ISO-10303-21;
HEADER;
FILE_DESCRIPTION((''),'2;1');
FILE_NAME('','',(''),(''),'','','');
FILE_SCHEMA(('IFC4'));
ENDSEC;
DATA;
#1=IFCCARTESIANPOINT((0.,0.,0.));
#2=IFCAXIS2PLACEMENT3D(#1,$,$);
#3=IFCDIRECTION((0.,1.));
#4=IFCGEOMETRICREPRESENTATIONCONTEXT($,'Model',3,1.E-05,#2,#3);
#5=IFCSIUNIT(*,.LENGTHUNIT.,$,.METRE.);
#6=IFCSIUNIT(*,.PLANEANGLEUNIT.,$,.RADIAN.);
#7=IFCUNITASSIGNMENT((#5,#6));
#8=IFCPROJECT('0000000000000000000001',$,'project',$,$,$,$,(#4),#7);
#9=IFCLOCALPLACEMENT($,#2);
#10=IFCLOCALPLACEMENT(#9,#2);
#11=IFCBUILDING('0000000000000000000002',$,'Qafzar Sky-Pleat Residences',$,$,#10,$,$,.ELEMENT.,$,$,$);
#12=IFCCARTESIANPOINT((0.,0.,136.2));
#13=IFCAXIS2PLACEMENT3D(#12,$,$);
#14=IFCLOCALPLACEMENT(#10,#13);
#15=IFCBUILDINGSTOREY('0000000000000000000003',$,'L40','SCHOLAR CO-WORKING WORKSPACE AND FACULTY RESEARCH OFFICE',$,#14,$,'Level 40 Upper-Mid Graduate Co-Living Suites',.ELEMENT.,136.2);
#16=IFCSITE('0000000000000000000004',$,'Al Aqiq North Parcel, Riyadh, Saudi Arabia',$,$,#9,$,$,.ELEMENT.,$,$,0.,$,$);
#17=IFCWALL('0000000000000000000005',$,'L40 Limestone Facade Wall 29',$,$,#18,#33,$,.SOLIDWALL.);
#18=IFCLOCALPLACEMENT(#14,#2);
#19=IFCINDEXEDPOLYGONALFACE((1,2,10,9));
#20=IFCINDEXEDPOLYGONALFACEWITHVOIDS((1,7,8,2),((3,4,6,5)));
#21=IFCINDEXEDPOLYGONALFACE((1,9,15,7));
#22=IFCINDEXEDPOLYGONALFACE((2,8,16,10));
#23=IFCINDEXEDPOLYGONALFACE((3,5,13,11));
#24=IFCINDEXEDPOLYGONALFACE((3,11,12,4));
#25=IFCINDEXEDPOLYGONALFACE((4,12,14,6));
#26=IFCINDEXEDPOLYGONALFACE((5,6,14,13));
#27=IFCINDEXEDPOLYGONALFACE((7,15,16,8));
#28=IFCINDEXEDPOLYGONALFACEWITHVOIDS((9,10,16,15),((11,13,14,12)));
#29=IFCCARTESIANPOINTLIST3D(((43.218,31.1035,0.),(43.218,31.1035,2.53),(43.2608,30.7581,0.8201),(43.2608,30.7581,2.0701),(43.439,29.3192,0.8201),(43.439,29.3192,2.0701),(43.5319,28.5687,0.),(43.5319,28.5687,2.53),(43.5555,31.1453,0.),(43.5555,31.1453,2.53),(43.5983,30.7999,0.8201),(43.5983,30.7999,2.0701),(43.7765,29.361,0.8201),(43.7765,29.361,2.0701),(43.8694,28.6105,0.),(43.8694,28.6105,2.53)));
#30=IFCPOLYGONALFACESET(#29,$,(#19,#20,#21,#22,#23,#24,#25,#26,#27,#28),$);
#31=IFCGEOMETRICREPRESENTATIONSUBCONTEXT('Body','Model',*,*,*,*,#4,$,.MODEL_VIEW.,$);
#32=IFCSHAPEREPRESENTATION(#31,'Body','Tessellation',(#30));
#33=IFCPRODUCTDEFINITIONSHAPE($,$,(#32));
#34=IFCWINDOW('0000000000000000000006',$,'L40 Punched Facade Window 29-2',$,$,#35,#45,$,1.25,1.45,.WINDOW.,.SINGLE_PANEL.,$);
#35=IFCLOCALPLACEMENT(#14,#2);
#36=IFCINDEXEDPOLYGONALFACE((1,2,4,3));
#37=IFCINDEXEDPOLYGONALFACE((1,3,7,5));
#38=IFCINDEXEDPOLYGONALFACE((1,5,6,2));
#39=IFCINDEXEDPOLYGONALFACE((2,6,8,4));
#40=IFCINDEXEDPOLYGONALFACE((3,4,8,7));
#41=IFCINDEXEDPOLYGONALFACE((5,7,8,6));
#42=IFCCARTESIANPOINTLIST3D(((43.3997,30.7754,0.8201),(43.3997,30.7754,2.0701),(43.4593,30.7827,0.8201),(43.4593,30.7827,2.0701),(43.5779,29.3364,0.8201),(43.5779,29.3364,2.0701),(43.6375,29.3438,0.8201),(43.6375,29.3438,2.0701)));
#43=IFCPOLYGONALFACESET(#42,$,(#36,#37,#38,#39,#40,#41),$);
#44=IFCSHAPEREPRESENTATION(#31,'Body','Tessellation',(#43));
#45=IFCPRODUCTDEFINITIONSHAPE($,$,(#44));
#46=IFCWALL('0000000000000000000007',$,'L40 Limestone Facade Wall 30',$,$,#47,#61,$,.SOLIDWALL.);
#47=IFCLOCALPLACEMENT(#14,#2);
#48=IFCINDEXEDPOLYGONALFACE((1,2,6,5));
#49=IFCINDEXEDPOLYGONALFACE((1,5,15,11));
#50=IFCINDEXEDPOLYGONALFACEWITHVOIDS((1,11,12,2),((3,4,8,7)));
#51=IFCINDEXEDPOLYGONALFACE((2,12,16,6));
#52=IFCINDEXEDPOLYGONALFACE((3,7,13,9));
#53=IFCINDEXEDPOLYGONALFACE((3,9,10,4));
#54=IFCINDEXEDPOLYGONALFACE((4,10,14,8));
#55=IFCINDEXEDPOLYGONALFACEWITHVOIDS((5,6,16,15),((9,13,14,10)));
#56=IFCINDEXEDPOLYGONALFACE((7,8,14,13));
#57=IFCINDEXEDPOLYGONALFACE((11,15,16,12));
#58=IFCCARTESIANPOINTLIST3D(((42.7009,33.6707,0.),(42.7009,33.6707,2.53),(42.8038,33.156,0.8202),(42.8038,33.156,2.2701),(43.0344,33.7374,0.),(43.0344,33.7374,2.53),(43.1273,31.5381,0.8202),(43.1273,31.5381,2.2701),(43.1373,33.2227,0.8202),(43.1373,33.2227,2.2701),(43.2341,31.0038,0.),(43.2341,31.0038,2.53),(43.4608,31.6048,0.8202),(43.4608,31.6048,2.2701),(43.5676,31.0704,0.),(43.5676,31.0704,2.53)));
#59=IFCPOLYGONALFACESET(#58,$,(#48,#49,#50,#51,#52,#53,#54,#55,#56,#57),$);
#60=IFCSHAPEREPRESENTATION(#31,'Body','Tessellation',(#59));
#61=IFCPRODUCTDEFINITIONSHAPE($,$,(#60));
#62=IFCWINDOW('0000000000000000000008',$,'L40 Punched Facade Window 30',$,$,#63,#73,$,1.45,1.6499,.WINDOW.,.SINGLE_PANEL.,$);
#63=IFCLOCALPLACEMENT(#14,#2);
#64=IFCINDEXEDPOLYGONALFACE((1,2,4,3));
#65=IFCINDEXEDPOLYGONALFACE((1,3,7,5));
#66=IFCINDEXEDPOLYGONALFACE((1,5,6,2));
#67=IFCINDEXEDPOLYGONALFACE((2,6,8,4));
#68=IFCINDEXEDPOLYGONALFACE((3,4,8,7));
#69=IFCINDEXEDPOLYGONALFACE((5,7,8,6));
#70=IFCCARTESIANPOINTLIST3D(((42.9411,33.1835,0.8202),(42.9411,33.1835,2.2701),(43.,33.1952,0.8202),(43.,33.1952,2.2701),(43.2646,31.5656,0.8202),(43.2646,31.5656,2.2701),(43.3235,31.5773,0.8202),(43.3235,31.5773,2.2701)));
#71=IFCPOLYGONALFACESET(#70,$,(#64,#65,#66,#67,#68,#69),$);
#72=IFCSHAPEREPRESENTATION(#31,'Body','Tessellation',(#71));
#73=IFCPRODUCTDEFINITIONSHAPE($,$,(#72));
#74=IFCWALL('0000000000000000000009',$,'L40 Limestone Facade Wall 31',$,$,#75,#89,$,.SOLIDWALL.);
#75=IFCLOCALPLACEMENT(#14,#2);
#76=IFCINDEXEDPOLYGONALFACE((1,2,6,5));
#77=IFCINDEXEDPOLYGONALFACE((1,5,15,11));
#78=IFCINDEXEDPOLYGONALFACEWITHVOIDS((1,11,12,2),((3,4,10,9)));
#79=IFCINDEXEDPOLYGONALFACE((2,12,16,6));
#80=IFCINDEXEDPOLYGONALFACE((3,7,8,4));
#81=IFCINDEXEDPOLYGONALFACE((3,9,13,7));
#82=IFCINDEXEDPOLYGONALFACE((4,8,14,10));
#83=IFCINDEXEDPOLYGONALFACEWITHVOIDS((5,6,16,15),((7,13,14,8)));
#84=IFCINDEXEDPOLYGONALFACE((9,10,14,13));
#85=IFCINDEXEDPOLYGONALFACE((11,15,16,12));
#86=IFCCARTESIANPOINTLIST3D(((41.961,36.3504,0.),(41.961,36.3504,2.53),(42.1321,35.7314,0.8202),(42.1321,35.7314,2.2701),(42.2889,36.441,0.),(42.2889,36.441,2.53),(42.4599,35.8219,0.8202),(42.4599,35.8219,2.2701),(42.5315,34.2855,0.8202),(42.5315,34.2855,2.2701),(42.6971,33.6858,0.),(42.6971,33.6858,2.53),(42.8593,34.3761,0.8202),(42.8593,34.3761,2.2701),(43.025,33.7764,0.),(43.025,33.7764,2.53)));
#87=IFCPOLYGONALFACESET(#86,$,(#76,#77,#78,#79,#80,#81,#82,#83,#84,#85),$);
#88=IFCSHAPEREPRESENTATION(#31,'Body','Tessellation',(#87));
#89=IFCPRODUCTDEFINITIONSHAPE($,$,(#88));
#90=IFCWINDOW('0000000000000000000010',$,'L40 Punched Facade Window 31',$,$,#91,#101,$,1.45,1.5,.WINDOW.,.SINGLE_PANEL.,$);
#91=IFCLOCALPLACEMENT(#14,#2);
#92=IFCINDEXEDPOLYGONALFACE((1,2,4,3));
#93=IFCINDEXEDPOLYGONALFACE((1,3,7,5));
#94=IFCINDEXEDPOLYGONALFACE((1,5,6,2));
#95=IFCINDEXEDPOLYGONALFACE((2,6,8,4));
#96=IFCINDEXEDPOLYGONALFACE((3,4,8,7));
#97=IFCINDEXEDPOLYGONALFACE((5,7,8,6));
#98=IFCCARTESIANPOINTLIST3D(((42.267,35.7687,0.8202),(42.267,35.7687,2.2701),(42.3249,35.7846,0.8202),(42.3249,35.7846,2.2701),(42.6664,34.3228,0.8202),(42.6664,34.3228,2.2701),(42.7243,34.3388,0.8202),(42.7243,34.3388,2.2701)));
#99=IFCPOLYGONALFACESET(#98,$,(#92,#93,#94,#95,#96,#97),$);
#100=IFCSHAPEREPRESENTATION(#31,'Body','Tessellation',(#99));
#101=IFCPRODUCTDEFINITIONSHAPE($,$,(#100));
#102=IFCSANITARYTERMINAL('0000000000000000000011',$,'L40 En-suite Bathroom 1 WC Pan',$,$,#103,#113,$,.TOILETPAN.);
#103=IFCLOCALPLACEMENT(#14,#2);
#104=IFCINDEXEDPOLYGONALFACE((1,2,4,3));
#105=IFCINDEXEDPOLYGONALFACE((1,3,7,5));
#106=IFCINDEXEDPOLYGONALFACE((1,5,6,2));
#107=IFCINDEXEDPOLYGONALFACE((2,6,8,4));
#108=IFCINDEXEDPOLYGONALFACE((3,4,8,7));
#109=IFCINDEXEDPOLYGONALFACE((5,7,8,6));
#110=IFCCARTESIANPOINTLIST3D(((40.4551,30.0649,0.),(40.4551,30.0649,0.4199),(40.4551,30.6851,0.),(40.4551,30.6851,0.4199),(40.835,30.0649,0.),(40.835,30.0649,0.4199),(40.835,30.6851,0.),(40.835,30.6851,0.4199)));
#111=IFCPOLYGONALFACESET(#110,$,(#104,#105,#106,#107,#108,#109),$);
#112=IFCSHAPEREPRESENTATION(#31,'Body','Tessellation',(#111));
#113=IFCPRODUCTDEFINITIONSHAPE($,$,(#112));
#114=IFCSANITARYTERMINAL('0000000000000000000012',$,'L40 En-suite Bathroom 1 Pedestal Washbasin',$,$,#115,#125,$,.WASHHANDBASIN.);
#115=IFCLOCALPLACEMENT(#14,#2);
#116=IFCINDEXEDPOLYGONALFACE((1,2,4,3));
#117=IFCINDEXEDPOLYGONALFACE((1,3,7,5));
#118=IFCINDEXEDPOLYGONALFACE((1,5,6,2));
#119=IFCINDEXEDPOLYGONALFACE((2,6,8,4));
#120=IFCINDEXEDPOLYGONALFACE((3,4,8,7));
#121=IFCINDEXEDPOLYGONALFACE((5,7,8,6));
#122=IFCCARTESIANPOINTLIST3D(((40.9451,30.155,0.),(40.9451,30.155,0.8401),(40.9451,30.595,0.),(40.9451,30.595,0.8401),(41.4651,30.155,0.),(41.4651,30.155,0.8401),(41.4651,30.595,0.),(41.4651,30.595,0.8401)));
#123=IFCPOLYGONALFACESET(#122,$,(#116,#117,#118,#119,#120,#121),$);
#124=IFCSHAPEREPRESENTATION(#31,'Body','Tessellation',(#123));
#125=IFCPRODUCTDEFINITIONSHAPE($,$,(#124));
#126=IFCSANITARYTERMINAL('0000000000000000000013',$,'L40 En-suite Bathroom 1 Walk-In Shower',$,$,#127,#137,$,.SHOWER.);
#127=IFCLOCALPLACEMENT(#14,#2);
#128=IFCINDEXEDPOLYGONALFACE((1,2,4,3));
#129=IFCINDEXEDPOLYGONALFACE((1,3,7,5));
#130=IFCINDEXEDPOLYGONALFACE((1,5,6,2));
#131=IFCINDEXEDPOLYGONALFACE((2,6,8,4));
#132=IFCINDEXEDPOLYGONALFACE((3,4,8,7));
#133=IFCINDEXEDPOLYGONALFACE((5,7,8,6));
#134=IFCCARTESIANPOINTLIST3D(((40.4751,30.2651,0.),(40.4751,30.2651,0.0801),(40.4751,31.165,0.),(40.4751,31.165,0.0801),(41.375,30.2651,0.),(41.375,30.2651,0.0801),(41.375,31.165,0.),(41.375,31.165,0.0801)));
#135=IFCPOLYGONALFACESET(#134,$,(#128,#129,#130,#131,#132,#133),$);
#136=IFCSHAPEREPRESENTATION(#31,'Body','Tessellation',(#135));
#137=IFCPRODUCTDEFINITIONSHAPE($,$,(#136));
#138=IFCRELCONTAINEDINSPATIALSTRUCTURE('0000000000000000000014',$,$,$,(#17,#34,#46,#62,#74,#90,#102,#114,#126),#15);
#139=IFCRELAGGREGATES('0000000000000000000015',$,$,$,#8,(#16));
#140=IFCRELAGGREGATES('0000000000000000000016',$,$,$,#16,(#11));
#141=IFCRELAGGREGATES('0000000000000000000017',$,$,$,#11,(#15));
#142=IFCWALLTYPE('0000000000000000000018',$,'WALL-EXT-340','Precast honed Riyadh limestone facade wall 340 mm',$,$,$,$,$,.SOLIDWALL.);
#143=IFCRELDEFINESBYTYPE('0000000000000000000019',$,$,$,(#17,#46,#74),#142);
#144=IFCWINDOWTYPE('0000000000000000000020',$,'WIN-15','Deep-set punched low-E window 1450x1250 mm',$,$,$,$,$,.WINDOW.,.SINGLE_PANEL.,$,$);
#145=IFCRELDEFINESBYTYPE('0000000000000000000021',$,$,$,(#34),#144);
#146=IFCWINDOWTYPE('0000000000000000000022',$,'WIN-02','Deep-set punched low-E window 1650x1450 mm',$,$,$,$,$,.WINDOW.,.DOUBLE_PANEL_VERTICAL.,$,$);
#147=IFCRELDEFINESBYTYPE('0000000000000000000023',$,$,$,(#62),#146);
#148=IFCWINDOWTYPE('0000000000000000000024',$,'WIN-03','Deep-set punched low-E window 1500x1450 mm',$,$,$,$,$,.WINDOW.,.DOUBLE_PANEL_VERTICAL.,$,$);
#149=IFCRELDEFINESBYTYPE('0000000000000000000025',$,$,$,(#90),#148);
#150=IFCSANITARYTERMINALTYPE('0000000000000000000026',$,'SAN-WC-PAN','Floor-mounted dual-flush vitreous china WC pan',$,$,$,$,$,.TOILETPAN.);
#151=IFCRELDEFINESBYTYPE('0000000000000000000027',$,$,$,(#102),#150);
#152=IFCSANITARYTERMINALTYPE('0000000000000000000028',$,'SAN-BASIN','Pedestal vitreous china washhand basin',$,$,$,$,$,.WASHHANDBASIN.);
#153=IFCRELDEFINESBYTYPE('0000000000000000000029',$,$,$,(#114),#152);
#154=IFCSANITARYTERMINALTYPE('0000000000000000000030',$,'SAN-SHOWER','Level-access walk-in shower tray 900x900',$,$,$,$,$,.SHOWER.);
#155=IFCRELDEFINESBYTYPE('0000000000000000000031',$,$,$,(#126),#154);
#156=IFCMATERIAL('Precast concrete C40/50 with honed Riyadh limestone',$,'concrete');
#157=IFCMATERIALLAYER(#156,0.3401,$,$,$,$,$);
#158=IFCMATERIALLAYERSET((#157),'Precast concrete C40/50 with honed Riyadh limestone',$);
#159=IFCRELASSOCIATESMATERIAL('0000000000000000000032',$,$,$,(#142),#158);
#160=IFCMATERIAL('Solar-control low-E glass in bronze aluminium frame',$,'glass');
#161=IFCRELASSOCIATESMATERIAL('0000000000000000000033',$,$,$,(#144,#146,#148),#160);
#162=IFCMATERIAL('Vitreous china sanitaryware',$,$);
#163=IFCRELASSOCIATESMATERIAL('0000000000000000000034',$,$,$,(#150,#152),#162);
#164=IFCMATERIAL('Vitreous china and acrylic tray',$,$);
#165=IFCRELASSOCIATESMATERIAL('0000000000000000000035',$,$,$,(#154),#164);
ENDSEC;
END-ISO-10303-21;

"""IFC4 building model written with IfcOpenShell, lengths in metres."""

from ifc_helpers import new_model, si_unit, direction, frame, frame_2d, origin, origin_2d, place, context, subcontext, project, spatial, rectangle, extrude, source, transform, mapped, material, layer, layer_set, type_object, element, fill, save


model = new_model("IFC4")

# Units and contexts
model_context = context("Model", 3, precision=1e-05, world=origin(), true_north=direction((0.0, 1.0)))
body_context = subcontext(model_context, "Body", "Model", "MODEL_VIEW")
ifc_project = project(units=[si_unit("LENGTHUNIT", "METRE"), si_unit("PLANEANGLEUNIT", "RADIAN")], contexts=[model_context])

# Site, building, storey
site_placement = place(None, origin())
site = spatial("IfcSite", under=ifc_project, at=site_placement, Name="Al Aqiq North Parcel, Riyadh, Saudi Arabia", CompositionType="ELEMENT", RefElevation=0.0)
building_placement = place(site_placement, origin())
building = spatial("IfcBuilding", under=site, at=building_placement, Name="Qafzar Sky-Pleat Residences", CompositionType="ELEMENT")
storey_placement = place(building_placement, frame((0.0, 0.0, 136.2)))
storey = spatial("IfcBuildingStorey", under=building, at=storey_placement, Name="L40", Description="SCHOLAR CO-WORKING WORKSPACE AND FACULTY RESEARCH OFFICE", LongName="Level 40 Upper-Mid Graduate Co-Living Suites", CompositionType="ELEMENT", Elevation=136.2)

# Walls, openings, windows
ifc_material_1 = material(Name="Precast concrete C40/50 with honed Riyadh limestone", Category="concrete")
ifc_layer_1 = layer(ifc_material_1, 0.3401)
ifc_layer_set_1 = layer_set([ifc_layer_1], Name="Precast concrete C40/50 with honed Riyadh limestone")
wall_type_1 = type_object("IfcWallType", Name="WALL-EXT-340", Description="Precast honed Riyadh limestone facade wall 340 mm", PredefinedType="SOLIDWALL", material=ifc_layer_set_1)
wall_1_placement = place(storey_placement, frame((43.7007, 28.5896, 0.0), z_axis=(0.0, 0.0, 1.0), x_axis=(-0.122917, 0.992417, 0.0)))
wall_1 = element("IfcWall", 1, at=wall_1_placement, inside=storey, type_object=wall_type_1, Name="L40 Limestone Facade Wall 29", PredefinedType="SOLIDWALL", context=body_context, shape_type="SweptSolid", body=[
    extrude(rectangle(XDim=2.5542, YDim=0.3401, at=frame_2d((1.2771, 0.0))), origin(), (0.0, 0.0, 1.0), 2.53),
])
opening_1_placement = place(wall_1_placement, frame((0.7561, 0.0, 0.8201)))
opening_1 = element("IfcOpeningElement", 2, at=opening_1_placement, cuts=wall_1, PredefinedType="OPENING", context=body_context, shape_type="SweptSolid", body=[
    extrude(rectangle(XDim=1.45, YDim=1.25, at=frame_2d((0.7251, 0.625))), frame((0.0, 0.1802, 0.0), z_axis=(0.0, -1.0, 0.0), x_axis=(1.0, 0.0, 0.0)), (0.0, 0.0, 1.0), 0.3601),
])
ifc_material_2 = material(Name="Solar-control low-E glass in bronze aluminium frame", Category="glass")
window_type_1 = type_object("IfcWindowType", Name="WIN-15", Description="Deep-set punched low-E window 1450x1250 mm", PartitioningType="SINGLE_PANEL", PredefinedType="WINDOW", material=ifc_material_2)
shared_shape_1 = source(origin(), body_context, "Body", "SweptSolid", [
    extrude(rectangle(XDim=1.45, YDim=1.25, at=frame_2d((0.7251, 0.625))), frame((0.0, 0.03, 0.0), z_axis=(0.0, -1.0, 0.0), x_axis=(1.0, 0.0, 0.0)), (0.0, 0.0, 1.0), 0.0601),
])
window_1_placement = place(opening_1_placement, origin())
window_1 = element("IfcWindow", 3, at=window_1_placement, inside=storey, type_object=window_type_1, Name="L40 Punched Facade Window 29-2", OverallHeight=1.25, OverallWidth=1.45, PartitioningType="SINGLE_PANEL", PredefinedType="WINDOW", context=body_context, shape_type="MappedRepresentation", body=[
    mapped(shared_shape_1, transform((0.0, 0.0, 0.0), x_axis=(1.0, 0.0, 0.0), y_axis=(0.0, 1.0, 0.0), z_axis=(0.0, 0.0, 1.0), scale=1.0)),
])
fill(opening_1, window_1)
wall_2_placement = place(storey_placement, frame((43.4009, 31.0371, 0.0), z_axis=(0.0, 0.0, 1.0), x_axis=(-0.196047, 0.980594, 0.0)))
wall_2 = element("IfcWall", 4, at=wall_2_placement, inside=storey, type_object=wall_type_1, Name="L40 Limestone Facade Wall 30", PredefinedType="SOLIDWALL", context=body_context, shape_type="SweptSolid", body=[
    extrude(rectangle(XDim=2.7197, YDim=0.3401, at=frame_2d((1.3599, 0.0))), origin(), (0.0, 0.0, 1.0), 2.53),
])
opening_2_placement = place(wall_2_placement, frame((0.5449, 0.0, 0.8201)))
opening_2 = element("IfcOpeningElement", 5, at=opening_2_placement, cuts=wall_2, PredefinedType="OPENING", context=body_context, shape_type="SweptSolid", body=[
    extrude(rectangle(XDim=1.6499, YDim=1.45, at=frame_2d((0.825, 0.7251))), frame((0.0, 0.1802, 0.0), z_axis=(0.0, -1.0, 0.0), x_axis=(1.0, 0.0, 0.0)), (0.0, 0.0, 1.0), 0.3601),
])
window_type_2 = type_object("IfcWindowType", Name="WIN-02", Description="Deep-set punched low-E window 1650x1450 mm", PartitioningType="DOUBLE_PANEL_VERTICAL", PredefinedType="WINDOW", material=ifc_material_2)
shared_shape_2 = source(origin(), body_context, "Body", "SweptSolid", [
    extrude(rectangle(XDim=1.6499, YDim=1.45, at=frame_2d((0.825, 0.7251))), frame((0.0, 0.03, 0.0), z_axis=(0.0, -1.0, 0.0), x_axis=(1.0, 0.0, 0.0)), (0.0, 0.0, 1.0), 0.0601),
])
window_2_placement = place(opening_2_placement, origin())
window_2 = element("IfcWindow", 6, at=window_2_placement, inside=storey, type_object=window_type_2, Name="L40 Punched Facade Window 30", OverallHeight=1.45, OverallWidth=1.6499, PartitioningType="SINGLE_PANEL", PredefinedType="WINDOW", context=body_context, shape_type="MappedRepresentation", body=[
    mapped(shared_shape_2, transform((0.0, 0.0, 0.0), x_axis=(1.0, 0.0, 0.0), y_axis=(0.0, 1.0, 0.0), z_axis=(0.0, 0.0, 1.0), scale=1.0)),
])
fill(opening_2, window_2)
wall_3_placement = place(storey_placement, frame((42.8611, 33.731, 0.0), z_axis=(0.0, 0.0, 1.0), x_axis=(-0.266277, 0.963897, 0.0)))
wall_3 = element("IfcWall", 7, at=wall_3_placement, inside=storey, type_object=wall_type_1, Name="L40 Limestone Facade Wall 31", PredefinedType="SOLIDWALL", context=body_context, shape_type="SweptSolid", body=[
    extrude(rectangle(XDim=2.7644, YDim=0.3401, at=frame_2d((1.3823, 0.0))), origin(), (0.0, 0.0, 1.0), 2.53),
])
opening_3_placement = place(wall_3_placement, frame((0.6223, 0.0, 0.8201)))
opening_3 = element("IfcOpeningElement", 8, at=opening_3_placement, cuts=wall_3, PredefinedType="OPENING", context=body_context, shape_type="SweptSolid", body=[
    extrude(rectangle(XDim=1.5, YDim=1.45, at=frame_2d((0.75, 0.7251))), frame((0.0, 0.1802, 0.0), z_axis=(0.0, -1.0, 0.0), x_axis=(1.0, 0.0, 0.0)), (0.0, 0.0, 1.0), 0.3601),
])
window_type_3 = type_object("IfcWindowType", Name="WIN-03", Description="Deep-set punched low-E window 1500x1450 mm", PartitioningType="DOUBLE_PANEL_VERTICAL", PredefinedType="WINDOW", material=ifc_material_2)
shared_shape_3 = source(origin(), body_context, "Body", "SweptSolid", [
    extrude(rectangle(XDim=1.5, YDim=1.45, at=frame_2d((0.75, 0.7251))), frame((0.0, 0.03, 0.0), z_axis=(0.0, -1.0, 0.0), x_axis=(1.0, 0.0, 0.0)), (0.0, 0.0, 1.0), 0.0601),
])
window_3_placement = place(opening_3_placement, origin())
window_3 = element("IfcWindow", 9, at=window_3_placement, inside=storey, type_object=window_type_3, Name="L40 Punched Facade Window 31", OverallHeight=1.45, OverallWidth=1.5, PartitioningType="SINGLE_PANEL", PredefinedType="WINDOW", context=body_context, shape_type="MappedRepresentation", body=[
    mapped(shared_shape_3, transform((0.0, 0.0, 0.0), x_axis=(1.0, 0.0, 0.0), y_axis=(0.0, 1.0, 0.0), z_axis=(0.0, 0.0, 1.0), scale=1.0)),
])
fill(opening_3, window_3)

# Sanitary terminals
ifc_material_3 = material(Name="Vitreous china sanitaryware")
sanitary_terminal_type_1 = type_object("IfcSanitaryTerminalType", Name="SAN-WC-PAN", Description="Floor-mounted dual-flush vitreous china WC pan", PredefinedType="TOILETPAN", material=ifc_material_3)
shared_shape_4 = source(origin(), body_context, "Body", "SweptSolid", [
    extrude(rectangle(XDim=0.3799, YDim=0.6201, at=origin_2d()), origin(), (0.0, 0.0, 1.0), 0.4199),
])
sanitary_terminal_1_placement = place(storey_placement, frame((40.645, 30.375, 0.0), z_axis=(0.0, 0.0, 1.0), x_axis=(1.0, 0.0, 0.0)))
element("IfcSanitaryTerminal", 10, at=sanitary_terminal_1_placement, inside=storey, type_object=sanitary_terminal_type_1, Name="L40 En-suite Bathroom 1 WC Pan", PredefinedType="TOILETPAN", context=body_context, shape_type="MappedRepresentation", body=[
    mapped(shared_shape_4, transform((0.0, 0.0, 0.0), x_axis=(1.0, 0.0, 0.0), y_axis=(0.0, 1.0, 0.0), z_axis=(0.0, 0.0, 1.0), scale=1.0)),
])
sanitary_terminal_type_2 = type_object("IfcSanitaryTerminalType", Name="SAN-BASIN", Description="Pedestal vitreous china washhand basin", PredefinedType="WASHHANDBASIN", material=ifc_material_3)
shared_shape_5 = source(origin(), body_context, "Body", "SweptSolid", [
    extrude(rectangle(XDim=0.52, YDim=0.4399, at=origin_2d()), origin(), (0.0, 0.0, 1.0), 0.8401),
])
sanitary_terminal_2_placement = place(storey_placement, frame((41.2051, 30.375, 0.0), z_axis=(0.0, 0.0, 1.0), x_axis=(1.0, 0.0, 0.0)))
element("IfcSanitaryTerminal", 11, at=sanitary_terminal_2_placement, inside=storey, type_object=sanitary_terminal_type_2, Name="L40 En-suite Bathroom 1 Pedestal Washbasin", PredefinedType="WASHHANDBASIN", context=body_context, shape_type="MappedRepresentation", body=[
    mapped(shared_shape_5, transform((0.0, 0.0, 0.0), x_axis=(1.0, 0.0, 0.0), y_axis=(0.0, 1.0, 0.0), z_axis=(0.0, 0.0, 1.0), scale=1.0)),
])
ifc_material_4 = material(Name="Vitreous china and acrylic tray")
sanitary_terminal_type_3 = type_object("IfcSanitaryTerminalType", Name="SAN-SHOWER", Description="Level-access walk-in shower tray 900x900", PredefinedType="SHOWER", material=ifc_material_4)
shared_shape_6 = source(origin(), body_context, "Body", "SweptSolid", [
    extrude(rectangle(XDim=0.8999, YDim=0.8999, at=origin_2d()), origin(), (0.0, 0.0, 1.0), 0.0801),
])
sanitary_terminal_3_placement = place(storey_placement, frame((40.925, 30.7151, 0.0), z_axis=(0.0, 0.0, 1.0), x_axis=(1.0, 0.0, 0.0)))
element("IfcSanitaryTerminal", 12, at=sanitary_terminal_3_placement, inside=storey, type_object=sanitary_terminal_type_3, Name="L40 En-suite Bathroom 1 Walk-In Shower", PredefinedType="SHOWER", context=body_context, shape_type="MappedRepresentation", body=[
    mapped(shared_shape_6, transform((0.0, 0.0, 0.0), x_axis=(1.0, 0.0, 0.0), y_axis=(0.0, 1.0, 0.0), z_axis=(0.0, 0.0, 1.0), scale=1.0)),
])

save(model, "model.ifc")
